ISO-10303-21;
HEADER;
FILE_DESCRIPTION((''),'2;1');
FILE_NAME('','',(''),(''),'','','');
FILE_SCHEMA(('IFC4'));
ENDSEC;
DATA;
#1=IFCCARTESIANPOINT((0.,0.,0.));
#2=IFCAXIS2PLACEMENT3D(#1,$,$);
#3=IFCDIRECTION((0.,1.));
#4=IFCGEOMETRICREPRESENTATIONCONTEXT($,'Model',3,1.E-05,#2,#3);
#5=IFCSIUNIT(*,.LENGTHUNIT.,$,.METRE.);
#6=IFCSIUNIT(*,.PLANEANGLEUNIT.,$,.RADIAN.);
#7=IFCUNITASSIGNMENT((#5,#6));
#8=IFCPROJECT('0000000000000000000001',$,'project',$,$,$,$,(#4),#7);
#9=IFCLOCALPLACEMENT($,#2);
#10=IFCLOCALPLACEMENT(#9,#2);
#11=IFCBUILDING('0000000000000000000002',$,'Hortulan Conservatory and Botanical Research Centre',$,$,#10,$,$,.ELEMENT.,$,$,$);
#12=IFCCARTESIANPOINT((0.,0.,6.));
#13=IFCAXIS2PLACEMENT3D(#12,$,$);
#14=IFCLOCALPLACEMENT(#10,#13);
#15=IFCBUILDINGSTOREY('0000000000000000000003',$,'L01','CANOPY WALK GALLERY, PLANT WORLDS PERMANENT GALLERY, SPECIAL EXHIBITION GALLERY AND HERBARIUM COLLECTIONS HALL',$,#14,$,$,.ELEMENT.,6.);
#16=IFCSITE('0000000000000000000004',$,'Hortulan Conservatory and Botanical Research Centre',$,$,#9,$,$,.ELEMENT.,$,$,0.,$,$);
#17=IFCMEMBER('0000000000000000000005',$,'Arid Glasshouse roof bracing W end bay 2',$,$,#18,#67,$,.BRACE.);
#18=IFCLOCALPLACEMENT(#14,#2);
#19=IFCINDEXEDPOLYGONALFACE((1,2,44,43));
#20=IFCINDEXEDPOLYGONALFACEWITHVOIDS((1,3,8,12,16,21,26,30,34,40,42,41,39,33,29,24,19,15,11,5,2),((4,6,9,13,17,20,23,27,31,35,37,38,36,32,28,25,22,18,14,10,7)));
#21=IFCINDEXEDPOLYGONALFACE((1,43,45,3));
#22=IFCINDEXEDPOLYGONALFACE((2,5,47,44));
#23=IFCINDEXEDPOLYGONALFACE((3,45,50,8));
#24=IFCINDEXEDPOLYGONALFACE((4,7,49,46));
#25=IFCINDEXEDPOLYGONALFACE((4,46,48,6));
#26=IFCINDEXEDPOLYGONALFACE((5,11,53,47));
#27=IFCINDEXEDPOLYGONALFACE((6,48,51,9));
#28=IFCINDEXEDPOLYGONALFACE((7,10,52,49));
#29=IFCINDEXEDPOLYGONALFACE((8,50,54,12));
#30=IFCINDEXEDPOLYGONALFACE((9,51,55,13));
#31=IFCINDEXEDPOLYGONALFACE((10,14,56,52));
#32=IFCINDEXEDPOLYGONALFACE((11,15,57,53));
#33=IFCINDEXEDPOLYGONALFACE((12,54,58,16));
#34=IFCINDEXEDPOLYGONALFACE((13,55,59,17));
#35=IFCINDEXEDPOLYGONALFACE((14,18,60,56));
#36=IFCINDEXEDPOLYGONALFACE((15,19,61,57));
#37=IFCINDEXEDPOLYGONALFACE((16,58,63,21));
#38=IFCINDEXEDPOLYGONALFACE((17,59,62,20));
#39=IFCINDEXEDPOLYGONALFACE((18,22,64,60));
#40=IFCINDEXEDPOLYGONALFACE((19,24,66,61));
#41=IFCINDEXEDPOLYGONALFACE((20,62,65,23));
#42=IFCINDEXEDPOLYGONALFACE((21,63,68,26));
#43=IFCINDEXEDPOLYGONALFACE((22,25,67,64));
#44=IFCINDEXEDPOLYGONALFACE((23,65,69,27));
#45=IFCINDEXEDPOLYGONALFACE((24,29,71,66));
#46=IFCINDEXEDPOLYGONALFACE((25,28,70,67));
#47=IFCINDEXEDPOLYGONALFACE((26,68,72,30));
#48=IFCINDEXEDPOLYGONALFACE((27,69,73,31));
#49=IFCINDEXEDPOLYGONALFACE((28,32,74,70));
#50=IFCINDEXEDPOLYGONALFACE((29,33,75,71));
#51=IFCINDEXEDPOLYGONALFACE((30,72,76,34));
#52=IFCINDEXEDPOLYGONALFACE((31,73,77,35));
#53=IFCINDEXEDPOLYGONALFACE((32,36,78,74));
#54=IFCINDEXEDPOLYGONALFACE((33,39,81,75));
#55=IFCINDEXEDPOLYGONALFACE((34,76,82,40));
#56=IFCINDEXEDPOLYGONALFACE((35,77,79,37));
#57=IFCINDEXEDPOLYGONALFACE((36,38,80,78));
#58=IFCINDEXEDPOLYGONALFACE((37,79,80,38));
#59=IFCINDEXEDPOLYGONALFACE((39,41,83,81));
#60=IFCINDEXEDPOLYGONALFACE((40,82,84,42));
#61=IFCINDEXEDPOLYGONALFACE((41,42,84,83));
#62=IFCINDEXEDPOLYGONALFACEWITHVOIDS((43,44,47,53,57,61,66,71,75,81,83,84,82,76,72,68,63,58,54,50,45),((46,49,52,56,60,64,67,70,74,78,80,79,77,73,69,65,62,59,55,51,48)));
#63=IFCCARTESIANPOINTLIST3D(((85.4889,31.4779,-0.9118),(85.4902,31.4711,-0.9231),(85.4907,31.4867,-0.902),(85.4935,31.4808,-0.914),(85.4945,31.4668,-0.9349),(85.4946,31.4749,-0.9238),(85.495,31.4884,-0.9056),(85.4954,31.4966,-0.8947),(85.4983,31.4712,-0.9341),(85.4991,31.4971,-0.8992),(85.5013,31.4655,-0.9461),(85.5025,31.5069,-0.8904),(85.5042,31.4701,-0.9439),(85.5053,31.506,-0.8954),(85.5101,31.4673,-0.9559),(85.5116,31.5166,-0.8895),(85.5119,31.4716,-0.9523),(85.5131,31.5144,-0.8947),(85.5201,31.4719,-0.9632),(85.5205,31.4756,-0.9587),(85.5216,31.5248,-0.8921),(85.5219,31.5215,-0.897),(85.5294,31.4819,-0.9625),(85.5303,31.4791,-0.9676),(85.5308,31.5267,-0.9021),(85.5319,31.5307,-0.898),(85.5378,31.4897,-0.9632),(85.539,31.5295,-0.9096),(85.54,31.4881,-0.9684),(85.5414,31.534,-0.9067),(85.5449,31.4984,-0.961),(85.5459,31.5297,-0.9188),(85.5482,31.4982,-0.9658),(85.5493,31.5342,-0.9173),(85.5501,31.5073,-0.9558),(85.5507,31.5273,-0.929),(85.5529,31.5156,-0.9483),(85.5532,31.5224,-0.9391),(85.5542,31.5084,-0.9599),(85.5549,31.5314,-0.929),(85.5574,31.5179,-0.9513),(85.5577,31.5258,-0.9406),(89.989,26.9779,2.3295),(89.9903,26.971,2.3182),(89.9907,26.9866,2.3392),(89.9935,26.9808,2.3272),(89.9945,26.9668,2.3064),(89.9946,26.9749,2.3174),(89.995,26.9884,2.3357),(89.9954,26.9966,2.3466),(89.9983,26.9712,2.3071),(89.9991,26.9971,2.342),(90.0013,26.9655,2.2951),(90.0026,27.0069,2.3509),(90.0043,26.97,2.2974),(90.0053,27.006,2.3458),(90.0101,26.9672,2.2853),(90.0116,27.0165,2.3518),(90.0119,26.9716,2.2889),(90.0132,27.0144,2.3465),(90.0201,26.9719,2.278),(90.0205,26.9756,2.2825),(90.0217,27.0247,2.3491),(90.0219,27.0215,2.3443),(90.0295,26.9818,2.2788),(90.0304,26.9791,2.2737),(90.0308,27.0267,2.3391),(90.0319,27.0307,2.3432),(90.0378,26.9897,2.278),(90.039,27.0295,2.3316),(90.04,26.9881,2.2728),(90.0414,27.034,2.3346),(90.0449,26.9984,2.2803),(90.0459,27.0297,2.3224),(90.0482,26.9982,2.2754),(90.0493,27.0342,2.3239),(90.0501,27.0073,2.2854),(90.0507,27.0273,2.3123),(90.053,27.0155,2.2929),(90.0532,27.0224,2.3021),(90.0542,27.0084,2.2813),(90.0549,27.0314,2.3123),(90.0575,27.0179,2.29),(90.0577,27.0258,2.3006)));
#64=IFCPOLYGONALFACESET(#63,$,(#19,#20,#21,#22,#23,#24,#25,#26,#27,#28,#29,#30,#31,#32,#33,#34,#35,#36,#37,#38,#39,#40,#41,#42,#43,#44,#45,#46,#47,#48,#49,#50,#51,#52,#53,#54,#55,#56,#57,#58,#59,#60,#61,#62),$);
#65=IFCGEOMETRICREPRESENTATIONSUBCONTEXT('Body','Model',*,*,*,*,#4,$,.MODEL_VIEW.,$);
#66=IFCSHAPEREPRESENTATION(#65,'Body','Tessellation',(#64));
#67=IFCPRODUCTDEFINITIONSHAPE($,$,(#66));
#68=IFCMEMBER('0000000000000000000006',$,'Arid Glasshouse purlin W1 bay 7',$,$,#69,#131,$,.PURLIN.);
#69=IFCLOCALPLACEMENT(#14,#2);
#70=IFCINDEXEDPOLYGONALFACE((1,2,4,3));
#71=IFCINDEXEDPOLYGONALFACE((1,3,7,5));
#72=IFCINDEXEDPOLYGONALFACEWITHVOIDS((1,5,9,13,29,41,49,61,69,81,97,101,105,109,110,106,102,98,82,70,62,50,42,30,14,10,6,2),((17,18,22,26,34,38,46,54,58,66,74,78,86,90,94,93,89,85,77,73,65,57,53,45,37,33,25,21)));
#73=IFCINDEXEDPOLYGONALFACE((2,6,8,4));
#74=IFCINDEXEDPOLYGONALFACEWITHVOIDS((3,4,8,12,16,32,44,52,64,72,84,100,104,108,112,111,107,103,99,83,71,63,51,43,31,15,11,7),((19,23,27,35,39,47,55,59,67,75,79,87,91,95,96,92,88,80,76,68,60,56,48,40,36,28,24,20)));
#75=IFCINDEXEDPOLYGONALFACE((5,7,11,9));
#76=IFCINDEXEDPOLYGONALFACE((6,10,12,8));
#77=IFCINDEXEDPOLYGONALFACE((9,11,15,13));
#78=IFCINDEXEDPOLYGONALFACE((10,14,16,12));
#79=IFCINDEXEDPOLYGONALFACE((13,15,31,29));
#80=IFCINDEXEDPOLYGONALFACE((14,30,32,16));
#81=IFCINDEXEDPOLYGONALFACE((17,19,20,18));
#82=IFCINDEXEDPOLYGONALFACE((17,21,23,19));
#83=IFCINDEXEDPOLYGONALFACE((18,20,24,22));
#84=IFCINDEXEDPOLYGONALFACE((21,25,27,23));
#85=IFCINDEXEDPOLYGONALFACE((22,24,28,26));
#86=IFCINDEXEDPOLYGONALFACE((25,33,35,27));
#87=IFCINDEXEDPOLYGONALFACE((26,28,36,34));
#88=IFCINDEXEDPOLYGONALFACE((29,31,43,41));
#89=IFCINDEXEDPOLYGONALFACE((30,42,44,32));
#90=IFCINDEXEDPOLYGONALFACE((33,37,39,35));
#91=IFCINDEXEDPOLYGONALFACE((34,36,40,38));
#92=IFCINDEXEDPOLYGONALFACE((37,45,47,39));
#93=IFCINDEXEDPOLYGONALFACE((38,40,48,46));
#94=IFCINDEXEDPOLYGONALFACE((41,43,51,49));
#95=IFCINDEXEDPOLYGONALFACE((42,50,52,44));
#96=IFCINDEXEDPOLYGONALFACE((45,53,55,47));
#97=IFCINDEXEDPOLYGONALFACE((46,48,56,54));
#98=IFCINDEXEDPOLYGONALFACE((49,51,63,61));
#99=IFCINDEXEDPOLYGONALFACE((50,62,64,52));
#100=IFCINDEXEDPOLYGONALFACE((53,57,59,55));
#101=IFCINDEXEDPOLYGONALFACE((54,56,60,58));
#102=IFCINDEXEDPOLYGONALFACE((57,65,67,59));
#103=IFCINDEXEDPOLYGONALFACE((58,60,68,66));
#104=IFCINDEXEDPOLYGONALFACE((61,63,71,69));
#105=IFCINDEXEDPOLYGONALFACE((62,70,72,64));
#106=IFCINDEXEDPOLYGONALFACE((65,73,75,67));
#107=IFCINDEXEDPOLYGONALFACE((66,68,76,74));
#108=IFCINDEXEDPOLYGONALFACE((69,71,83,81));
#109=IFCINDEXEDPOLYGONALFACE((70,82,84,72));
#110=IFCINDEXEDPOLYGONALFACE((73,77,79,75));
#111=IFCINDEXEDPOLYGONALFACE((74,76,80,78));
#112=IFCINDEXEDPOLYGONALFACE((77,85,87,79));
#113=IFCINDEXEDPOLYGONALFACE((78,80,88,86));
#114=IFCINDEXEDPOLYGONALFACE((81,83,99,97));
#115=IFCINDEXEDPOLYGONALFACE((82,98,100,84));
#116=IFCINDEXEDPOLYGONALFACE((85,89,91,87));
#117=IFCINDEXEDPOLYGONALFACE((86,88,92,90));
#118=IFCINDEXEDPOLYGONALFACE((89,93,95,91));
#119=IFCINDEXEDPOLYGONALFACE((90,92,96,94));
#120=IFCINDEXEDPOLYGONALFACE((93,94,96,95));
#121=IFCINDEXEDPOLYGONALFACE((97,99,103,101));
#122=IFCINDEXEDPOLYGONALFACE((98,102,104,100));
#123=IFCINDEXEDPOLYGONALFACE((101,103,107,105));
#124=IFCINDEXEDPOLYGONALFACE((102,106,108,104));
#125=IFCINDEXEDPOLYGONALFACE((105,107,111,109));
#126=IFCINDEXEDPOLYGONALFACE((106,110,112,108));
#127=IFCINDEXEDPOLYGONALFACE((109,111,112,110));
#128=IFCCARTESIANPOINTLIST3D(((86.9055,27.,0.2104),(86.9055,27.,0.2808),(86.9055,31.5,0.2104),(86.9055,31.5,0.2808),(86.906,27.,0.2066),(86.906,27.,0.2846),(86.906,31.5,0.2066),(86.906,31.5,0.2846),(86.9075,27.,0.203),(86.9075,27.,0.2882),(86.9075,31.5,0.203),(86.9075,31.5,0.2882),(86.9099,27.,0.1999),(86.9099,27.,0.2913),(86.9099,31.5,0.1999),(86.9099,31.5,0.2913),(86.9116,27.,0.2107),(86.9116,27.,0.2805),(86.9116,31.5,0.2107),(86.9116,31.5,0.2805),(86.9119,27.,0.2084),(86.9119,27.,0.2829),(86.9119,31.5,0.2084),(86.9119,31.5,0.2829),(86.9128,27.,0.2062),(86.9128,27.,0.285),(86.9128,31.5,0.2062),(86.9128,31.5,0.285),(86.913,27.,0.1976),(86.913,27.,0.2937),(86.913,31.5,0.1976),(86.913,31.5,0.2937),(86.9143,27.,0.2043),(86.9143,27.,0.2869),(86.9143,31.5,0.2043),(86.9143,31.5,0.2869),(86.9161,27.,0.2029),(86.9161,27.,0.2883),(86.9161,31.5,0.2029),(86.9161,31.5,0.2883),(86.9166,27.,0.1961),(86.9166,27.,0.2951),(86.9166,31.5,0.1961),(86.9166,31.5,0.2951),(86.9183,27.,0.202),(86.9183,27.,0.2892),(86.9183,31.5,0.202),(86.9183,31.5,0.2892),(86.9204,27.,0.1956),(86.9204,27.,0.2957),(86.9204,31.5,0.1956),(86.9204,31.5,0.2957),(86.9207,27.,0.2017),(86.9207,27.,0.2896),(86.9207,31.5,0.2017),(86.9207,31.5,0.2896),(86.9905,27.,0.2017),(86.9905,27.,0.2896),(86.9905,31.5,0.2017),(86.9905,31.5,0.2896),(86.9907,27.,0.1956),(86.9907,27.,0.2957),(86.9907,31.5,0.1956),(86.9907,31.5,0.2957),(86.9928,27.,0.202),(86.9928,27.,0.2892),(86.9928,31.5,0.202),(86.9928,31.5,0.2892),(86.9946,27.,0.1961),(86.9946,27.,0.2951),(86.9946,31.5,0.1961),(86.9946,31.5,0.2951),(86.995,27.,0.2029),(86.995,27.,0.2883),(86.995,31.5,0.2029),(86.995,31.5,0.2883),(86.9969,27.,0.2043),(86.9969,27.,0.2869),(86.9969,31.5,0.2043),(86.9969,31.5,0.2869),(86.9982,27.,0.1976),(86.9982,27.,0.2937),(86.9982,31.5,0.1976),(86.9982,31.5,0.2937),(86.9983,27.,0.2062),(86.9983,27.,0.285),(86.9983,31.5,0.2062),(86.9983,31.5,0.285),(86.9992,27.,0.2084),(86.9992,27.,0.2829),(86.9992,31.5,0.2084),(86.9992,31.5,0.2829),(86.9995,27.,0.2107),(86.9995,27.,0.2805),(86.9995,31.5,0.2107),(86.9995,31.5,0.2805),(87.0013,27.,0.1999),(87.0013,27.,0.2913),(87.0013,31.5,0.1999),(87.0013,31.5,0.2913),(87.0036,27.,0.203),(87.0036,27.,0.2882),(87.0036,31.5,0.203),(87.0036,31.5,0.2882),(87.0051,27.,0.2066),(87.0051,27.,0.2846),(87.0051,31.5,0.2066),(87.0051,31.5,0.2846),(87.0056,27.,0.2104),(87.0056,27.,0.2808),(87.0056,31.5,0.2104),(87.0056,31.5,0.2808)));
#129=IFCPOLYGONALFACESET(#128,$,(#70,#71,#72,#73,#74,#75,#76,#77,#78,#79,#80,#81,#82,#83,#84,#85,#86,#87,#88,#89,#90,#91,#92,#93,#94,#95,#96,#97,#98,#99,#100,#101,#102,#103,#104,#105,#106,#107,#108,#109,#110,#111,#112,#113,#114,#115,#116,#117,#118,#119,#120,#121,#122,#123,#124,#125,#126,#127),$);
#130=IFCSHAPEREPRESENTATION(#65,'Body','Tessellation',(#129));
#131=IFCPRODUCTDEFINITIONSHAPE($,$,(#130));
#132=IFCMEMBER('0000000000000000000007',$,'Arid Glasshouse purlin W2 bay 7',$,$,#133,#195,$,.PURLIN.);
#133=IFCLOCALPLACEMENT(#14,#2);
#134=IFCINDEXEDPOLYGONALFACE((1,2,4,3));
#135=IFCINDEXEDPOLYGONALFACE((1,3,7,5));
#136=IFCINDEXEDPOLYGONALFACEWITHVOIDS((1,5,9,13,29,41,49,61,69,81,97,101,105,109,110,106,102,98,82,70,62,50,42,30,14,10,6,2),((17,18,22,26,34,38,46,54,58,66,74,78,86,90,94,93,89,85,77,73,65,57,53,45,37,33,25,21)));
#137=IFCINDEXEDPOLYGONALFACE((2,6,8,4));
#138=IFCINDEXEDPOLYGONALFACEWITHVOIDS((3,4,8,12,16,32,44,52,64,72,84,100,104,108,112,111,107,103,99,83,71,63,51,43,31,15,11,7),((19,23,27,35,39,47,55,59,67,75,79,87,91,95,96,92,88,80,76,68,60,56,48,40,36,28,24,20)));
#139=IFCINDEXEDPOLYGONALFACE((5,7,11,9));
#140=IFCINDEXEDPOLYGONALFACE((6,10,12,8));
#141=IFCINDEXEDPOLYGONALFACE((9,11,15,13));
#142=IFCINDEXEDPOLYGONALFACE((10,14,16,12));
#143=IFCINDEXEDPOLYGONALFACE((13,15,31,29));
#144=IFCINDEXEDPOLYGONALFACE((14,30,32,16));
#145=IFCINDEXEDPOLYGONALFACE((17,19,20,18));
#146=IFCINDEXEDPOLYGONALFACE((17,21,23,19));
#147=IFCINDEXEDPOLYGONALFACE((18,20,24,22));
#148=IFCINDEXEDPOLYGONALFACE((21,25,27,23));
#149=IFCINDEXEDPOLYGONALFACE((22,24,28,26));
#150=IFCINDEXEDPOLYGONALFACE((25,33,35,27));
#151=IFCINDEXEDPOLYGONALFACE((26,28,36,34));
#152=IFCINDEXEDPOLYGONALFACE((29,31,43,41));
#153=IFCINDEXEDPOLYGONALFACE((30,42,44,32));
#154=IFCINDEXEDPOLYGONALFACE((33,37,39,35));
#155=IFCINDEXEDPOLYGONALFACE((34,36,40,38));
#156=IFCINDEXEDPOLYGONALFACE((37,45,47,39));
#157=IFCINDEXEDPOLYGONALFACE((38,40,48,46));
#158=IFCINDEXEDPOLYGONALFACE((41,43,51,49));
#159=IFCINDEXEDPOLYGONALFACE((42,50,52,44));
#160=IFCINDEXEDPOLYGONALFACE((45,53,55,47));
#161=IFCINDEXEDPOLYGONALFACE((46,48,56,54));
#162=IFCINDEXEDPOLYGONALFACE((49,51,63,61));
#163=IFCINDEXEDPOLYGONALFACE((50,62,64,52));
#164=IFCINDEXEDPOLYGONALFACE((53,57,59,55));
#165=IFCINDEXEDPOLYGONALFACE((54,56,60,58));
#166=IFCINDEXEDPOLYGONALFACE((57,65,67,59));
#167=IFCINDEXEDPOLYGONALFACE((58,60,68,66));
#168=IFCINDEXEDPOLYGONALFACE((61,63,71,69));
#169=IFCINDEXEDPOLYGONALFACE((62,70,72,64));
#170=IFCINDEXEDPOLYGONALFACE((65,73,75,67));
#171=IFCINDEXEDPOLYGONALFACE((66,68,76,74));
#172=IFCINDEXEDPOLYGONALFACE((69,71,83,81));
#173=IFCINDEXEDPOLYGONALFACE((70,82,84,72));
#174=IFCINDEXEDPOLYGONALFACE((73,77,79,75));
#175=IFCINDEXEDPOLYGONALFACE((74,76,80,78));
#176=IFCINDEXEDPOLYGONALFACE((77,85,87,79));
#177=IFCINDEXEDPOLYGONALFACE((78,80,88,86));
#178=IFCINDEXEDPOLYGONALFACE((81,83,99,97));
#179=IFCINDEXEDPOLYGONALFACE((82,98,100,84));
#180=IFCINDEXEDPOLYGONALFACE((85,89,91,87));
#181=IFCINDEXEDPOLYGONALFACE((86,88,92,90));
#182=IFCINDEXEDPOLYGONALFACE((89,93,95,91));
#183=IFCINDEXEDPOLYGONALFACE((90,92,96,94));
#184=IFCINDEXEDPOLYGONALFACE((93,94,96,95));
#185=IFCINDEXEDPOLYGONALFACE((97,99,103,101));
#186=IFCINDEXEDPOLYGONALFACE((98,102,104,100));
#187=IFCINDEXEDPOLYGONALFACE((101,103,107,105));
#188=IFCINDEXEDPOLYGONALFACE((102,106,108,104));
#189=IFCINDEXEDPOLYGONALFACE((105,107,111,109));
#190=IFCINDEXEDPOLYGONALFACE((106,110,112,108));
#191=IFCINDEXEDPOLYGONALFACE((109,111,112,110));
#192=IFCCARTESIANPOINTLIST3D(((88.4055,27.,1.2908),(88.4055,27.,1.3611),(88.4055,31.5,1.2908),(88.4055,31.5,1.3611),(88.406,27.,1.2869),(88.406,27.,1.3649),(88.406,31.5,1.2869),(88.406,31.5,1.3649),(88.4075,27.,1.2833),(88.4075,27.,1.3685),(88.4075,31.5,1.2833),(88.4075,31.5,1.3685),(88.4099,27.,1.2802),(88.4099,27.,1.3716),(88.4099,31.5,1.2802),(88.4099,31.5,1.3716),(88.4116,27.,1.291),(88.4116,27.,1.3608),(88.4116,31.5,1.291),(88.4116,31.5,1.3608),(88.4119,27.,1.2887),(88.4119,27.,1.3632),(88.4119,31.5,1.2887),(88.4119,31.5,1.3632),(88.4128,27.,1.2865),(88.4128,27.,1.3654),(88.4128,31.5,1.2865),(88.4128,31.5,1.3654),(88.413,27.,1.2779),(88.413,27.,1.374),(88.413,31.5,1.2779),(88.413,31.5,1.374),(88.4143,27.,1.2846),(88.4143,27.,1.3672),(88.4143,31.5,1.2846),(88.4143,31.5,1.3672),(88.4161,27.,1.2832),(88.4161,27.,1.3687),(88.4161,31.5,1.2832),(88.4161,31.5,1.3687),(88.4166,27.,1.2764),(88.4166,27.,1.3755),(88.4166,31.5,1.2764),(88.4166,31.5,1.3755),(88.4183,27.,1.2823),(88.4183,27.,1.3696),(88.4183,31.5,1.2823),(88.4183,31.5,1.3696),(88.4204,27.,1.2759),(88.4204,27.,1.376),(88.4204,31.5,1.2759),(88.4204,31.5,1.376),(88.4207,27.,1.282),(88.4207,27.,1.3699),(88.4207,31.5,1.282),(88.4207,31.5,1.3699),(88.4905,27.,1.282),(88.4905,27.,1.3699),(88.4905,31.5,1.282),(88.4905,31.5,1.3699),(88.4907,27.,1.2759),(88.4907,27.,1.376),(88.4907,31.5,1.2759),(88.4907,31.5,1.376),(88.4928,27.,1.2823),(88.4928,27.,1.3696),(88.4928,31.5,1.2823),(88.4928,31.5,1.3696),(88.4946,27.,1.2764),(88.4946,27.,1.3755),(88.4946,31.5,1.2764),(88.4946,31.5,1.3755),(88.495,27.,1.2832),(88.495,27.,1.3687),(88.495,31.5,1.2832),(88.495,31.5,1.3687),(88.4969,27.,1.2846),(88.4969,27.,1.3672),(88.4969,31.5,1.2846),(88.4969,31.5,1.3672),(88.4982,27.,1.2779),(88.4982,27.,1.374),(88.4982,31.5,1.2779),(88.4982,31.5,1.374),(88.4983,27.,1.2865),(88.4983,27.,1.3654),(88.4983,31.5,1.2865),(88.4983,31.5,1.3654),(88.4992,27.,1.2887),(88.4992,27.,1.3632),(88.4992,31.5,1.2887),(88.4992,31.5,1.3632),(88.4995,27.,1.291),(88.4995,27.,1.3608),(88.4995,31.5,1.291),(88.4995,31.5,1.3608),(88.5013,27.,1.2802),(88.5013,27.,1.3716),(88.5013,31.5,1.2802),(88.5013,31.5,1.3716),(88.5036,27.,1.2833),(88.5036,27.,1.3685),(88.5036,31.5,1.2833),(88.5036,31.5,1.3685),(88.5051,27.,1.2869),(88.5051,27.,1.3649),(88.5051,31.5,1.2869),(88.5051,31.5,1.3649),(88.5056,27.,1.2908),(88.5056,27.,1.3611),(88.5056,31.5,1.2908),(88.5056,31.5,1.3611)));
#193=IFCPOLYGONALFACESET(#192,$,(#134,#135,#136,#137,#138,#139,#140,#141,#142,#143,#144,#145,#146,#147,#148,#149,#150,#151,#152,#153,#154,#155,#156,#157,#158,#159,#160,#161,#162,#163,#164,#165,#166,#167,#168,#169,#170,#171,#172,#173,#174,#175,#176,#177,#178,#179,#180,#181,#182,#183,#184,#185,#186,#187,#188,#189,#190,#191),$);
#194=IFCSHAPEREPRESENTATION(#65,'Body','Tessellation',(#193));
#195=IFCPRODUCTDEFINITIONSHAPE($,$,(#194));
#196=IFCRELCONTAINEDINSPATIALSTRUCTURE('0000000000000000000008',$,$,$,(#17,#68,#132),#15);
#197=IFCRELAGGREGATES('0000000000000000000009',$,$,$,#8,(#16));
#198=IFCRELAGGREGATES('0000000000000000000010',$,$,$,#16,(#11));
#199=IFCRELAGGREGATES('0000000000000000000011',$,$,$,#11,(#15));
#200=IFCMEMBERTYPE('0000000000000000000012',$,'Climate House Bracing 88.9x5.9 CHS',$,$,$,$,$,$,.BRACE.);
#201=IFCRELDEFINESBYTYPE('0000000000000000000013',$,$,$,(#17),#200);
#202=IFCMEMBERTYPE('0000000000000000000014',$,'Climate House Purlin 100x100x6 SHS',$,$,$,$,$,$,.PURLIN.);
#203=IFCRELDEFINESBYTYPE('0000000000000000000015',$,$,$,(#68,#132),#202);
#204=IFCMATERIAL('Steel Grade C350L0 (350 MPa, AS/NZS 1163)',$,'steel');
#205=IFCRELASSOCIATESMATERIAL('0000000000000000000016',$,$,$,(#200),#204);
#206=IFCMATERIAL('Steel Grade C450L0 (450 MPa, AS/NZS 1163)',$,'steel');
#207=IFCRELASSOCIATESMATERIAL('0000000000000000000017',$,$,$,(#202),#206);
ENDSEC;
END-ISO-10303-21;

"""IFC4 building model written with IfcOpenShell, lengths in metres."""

from ifc_helpers import new_model, si_unit, direction, frame, origin, origin_2d, place, context, subcontext, project, spatial, hollow_rectangle, hollow_circle, extrude, material, material_profile, profile_set, type_object, element, save


model = new_model("IFC4")

# Units and contexts
model_context = context("Model", 3, precision=1e-05, world=origin(), true_north=direction((0.0, 1.0)))
body_context = subcontext(model_context, "Body", "Model", "MODEL_VIEW")
ifc_project = project(units=[si_unit("LENGTHUNIT", "METRE"), si_unit("PLANEANGLEUNIT", "RADIAN")], contexts=[model_context])

# Site, building, storey
site_placement = place(None, origin())
site = spatial("IfcSite", under=ifc_project, at=site_placement, Name="Hortulan Conservatory and Botanical Research Centre", CompositionType="ELEMENT", RefElevation=0.0)
building_placement = place(site_placement, origin())
building = spatial("IfcBuilding", under=site, at=building_placement, Name="Hortulan Conservatory and Botanical Research Centre", CompositionType="ELEMENT")
storey_placement = place(building_placement, frame((0.0, 0.0, 6.0)))
storey = spatial("IfcBuildingStorey", under=building, at=storey_placement, Name="L01", Description="CANOPY WALK GALLERY, PLANT WORLDS PERMANENT GALLERY, SPECIAL EXHIBITION GALLERY AND HERBARIUM COLLECTIONS HALL", CompositionType="ELEMENT", Elevation=6.0)

# Members
ifc_material_1 = material(Name="Steel Grade C350L0 (350 MPa, AS/NZS 1163)", Category="steel")
ifc_material_profile_1 = material_profile(ifc_material_1, hollow_circle(Radius=0.0444, WallThickness=0.0059, at=origin_2d()), Name="88.9x5.9CHS")
ifc_profile_set_1 = profile_set([ifc_material_profile_1], Name="Steel Grade C350L0 (350 MPa, AS/NZS 1163)")
member_type_1 = type_object("IfcMemberType", Name="Climate House Bracing 88.9x5.9 CHS", PredefinedType="BRACE", material=ifc_profile_set_1)
for number, where, z_axis, x_axis, name in (
    (1, (85.5234, 31.5, -0.929), (0.630092, -0.630092, 0.453836), (0.707107, 0.707107, 0.0), "Arid Glasshouse roof bracing W end bay 2"),
):
    element("IfcMember", number, at=place(storey_placement, frame(where, z_axis=z_axis, x_axis=x_axis)), inside=storey, type_object=member_type_1, Name=name, PredefinedType="BRACE", context=body_context, shape_type="SweptSolid", body=[
        extrude(hollow_circle(Radius=0.0444, WallThickness=0.0059, at=origin_2d()), origin(), (0.0, 0.0, 1.0), 7.1418),
    ])
ifc_material_2 = material(Name="Steel Grade C450L0 (450 MPa, AS/NZS 1163)", Category="steel")
ifc_material_profile_2 = material_profile(ifc_material_2, hollow_rectangle(XDim=0.1001, YDim=0.1001, WallThickness=0.0061, InnerFilletRadius=0.009, OuterFilletRadius=0.0149, at=origin_2d()), Name="100x100x6SHS")
ifc_profile_set_2 = profile_set([ifc_material_profile_2], Name="Steel Grade C450L0 (450 MPa, AS/NZS 1163)")
member_type_2 = type_object("IfcMemberType", Name="Climate House Purlin 100x100x6 SHS", PredefinedType="PURLIN", material=ifc_profile_set_2)
for number, where, z_axis, x_axis, name in (
    (2, (86.9556, 27.0, 0.2456), (0.0, 1.0, 0.0), (-1.0, 0.0, 0.0), "Arid Glasshouse purlin W1 bay 7"),
    (3, (88.4556, 27.0, 1.3259), (0.0, 1.0, 0.0), (-1.0, 0.0, 0.0), "Arid Glasshouse purlin W2 bay 7"),
):
    element("IfcMember", number, at=place(storey_placement, frame(where, z_axis=z_axis, x_axis=x_axis)), inside=storey, type_object=member_type_2, Name=name, PredefinedType="PURLIN", context=body_context, shape_type="SweptSolid", body=[
        extrude(hollow_rectangle(XDim=0.1001, YDim=0.1001, WallThickness=0.0061, InnerFilletRadius=0.009, OuterFilletRadius=0.0149, at=origin_2d()), origin(), (0.0, 0.0, 1.0), 4.5),
    ])

save(model, "model.ifc")
